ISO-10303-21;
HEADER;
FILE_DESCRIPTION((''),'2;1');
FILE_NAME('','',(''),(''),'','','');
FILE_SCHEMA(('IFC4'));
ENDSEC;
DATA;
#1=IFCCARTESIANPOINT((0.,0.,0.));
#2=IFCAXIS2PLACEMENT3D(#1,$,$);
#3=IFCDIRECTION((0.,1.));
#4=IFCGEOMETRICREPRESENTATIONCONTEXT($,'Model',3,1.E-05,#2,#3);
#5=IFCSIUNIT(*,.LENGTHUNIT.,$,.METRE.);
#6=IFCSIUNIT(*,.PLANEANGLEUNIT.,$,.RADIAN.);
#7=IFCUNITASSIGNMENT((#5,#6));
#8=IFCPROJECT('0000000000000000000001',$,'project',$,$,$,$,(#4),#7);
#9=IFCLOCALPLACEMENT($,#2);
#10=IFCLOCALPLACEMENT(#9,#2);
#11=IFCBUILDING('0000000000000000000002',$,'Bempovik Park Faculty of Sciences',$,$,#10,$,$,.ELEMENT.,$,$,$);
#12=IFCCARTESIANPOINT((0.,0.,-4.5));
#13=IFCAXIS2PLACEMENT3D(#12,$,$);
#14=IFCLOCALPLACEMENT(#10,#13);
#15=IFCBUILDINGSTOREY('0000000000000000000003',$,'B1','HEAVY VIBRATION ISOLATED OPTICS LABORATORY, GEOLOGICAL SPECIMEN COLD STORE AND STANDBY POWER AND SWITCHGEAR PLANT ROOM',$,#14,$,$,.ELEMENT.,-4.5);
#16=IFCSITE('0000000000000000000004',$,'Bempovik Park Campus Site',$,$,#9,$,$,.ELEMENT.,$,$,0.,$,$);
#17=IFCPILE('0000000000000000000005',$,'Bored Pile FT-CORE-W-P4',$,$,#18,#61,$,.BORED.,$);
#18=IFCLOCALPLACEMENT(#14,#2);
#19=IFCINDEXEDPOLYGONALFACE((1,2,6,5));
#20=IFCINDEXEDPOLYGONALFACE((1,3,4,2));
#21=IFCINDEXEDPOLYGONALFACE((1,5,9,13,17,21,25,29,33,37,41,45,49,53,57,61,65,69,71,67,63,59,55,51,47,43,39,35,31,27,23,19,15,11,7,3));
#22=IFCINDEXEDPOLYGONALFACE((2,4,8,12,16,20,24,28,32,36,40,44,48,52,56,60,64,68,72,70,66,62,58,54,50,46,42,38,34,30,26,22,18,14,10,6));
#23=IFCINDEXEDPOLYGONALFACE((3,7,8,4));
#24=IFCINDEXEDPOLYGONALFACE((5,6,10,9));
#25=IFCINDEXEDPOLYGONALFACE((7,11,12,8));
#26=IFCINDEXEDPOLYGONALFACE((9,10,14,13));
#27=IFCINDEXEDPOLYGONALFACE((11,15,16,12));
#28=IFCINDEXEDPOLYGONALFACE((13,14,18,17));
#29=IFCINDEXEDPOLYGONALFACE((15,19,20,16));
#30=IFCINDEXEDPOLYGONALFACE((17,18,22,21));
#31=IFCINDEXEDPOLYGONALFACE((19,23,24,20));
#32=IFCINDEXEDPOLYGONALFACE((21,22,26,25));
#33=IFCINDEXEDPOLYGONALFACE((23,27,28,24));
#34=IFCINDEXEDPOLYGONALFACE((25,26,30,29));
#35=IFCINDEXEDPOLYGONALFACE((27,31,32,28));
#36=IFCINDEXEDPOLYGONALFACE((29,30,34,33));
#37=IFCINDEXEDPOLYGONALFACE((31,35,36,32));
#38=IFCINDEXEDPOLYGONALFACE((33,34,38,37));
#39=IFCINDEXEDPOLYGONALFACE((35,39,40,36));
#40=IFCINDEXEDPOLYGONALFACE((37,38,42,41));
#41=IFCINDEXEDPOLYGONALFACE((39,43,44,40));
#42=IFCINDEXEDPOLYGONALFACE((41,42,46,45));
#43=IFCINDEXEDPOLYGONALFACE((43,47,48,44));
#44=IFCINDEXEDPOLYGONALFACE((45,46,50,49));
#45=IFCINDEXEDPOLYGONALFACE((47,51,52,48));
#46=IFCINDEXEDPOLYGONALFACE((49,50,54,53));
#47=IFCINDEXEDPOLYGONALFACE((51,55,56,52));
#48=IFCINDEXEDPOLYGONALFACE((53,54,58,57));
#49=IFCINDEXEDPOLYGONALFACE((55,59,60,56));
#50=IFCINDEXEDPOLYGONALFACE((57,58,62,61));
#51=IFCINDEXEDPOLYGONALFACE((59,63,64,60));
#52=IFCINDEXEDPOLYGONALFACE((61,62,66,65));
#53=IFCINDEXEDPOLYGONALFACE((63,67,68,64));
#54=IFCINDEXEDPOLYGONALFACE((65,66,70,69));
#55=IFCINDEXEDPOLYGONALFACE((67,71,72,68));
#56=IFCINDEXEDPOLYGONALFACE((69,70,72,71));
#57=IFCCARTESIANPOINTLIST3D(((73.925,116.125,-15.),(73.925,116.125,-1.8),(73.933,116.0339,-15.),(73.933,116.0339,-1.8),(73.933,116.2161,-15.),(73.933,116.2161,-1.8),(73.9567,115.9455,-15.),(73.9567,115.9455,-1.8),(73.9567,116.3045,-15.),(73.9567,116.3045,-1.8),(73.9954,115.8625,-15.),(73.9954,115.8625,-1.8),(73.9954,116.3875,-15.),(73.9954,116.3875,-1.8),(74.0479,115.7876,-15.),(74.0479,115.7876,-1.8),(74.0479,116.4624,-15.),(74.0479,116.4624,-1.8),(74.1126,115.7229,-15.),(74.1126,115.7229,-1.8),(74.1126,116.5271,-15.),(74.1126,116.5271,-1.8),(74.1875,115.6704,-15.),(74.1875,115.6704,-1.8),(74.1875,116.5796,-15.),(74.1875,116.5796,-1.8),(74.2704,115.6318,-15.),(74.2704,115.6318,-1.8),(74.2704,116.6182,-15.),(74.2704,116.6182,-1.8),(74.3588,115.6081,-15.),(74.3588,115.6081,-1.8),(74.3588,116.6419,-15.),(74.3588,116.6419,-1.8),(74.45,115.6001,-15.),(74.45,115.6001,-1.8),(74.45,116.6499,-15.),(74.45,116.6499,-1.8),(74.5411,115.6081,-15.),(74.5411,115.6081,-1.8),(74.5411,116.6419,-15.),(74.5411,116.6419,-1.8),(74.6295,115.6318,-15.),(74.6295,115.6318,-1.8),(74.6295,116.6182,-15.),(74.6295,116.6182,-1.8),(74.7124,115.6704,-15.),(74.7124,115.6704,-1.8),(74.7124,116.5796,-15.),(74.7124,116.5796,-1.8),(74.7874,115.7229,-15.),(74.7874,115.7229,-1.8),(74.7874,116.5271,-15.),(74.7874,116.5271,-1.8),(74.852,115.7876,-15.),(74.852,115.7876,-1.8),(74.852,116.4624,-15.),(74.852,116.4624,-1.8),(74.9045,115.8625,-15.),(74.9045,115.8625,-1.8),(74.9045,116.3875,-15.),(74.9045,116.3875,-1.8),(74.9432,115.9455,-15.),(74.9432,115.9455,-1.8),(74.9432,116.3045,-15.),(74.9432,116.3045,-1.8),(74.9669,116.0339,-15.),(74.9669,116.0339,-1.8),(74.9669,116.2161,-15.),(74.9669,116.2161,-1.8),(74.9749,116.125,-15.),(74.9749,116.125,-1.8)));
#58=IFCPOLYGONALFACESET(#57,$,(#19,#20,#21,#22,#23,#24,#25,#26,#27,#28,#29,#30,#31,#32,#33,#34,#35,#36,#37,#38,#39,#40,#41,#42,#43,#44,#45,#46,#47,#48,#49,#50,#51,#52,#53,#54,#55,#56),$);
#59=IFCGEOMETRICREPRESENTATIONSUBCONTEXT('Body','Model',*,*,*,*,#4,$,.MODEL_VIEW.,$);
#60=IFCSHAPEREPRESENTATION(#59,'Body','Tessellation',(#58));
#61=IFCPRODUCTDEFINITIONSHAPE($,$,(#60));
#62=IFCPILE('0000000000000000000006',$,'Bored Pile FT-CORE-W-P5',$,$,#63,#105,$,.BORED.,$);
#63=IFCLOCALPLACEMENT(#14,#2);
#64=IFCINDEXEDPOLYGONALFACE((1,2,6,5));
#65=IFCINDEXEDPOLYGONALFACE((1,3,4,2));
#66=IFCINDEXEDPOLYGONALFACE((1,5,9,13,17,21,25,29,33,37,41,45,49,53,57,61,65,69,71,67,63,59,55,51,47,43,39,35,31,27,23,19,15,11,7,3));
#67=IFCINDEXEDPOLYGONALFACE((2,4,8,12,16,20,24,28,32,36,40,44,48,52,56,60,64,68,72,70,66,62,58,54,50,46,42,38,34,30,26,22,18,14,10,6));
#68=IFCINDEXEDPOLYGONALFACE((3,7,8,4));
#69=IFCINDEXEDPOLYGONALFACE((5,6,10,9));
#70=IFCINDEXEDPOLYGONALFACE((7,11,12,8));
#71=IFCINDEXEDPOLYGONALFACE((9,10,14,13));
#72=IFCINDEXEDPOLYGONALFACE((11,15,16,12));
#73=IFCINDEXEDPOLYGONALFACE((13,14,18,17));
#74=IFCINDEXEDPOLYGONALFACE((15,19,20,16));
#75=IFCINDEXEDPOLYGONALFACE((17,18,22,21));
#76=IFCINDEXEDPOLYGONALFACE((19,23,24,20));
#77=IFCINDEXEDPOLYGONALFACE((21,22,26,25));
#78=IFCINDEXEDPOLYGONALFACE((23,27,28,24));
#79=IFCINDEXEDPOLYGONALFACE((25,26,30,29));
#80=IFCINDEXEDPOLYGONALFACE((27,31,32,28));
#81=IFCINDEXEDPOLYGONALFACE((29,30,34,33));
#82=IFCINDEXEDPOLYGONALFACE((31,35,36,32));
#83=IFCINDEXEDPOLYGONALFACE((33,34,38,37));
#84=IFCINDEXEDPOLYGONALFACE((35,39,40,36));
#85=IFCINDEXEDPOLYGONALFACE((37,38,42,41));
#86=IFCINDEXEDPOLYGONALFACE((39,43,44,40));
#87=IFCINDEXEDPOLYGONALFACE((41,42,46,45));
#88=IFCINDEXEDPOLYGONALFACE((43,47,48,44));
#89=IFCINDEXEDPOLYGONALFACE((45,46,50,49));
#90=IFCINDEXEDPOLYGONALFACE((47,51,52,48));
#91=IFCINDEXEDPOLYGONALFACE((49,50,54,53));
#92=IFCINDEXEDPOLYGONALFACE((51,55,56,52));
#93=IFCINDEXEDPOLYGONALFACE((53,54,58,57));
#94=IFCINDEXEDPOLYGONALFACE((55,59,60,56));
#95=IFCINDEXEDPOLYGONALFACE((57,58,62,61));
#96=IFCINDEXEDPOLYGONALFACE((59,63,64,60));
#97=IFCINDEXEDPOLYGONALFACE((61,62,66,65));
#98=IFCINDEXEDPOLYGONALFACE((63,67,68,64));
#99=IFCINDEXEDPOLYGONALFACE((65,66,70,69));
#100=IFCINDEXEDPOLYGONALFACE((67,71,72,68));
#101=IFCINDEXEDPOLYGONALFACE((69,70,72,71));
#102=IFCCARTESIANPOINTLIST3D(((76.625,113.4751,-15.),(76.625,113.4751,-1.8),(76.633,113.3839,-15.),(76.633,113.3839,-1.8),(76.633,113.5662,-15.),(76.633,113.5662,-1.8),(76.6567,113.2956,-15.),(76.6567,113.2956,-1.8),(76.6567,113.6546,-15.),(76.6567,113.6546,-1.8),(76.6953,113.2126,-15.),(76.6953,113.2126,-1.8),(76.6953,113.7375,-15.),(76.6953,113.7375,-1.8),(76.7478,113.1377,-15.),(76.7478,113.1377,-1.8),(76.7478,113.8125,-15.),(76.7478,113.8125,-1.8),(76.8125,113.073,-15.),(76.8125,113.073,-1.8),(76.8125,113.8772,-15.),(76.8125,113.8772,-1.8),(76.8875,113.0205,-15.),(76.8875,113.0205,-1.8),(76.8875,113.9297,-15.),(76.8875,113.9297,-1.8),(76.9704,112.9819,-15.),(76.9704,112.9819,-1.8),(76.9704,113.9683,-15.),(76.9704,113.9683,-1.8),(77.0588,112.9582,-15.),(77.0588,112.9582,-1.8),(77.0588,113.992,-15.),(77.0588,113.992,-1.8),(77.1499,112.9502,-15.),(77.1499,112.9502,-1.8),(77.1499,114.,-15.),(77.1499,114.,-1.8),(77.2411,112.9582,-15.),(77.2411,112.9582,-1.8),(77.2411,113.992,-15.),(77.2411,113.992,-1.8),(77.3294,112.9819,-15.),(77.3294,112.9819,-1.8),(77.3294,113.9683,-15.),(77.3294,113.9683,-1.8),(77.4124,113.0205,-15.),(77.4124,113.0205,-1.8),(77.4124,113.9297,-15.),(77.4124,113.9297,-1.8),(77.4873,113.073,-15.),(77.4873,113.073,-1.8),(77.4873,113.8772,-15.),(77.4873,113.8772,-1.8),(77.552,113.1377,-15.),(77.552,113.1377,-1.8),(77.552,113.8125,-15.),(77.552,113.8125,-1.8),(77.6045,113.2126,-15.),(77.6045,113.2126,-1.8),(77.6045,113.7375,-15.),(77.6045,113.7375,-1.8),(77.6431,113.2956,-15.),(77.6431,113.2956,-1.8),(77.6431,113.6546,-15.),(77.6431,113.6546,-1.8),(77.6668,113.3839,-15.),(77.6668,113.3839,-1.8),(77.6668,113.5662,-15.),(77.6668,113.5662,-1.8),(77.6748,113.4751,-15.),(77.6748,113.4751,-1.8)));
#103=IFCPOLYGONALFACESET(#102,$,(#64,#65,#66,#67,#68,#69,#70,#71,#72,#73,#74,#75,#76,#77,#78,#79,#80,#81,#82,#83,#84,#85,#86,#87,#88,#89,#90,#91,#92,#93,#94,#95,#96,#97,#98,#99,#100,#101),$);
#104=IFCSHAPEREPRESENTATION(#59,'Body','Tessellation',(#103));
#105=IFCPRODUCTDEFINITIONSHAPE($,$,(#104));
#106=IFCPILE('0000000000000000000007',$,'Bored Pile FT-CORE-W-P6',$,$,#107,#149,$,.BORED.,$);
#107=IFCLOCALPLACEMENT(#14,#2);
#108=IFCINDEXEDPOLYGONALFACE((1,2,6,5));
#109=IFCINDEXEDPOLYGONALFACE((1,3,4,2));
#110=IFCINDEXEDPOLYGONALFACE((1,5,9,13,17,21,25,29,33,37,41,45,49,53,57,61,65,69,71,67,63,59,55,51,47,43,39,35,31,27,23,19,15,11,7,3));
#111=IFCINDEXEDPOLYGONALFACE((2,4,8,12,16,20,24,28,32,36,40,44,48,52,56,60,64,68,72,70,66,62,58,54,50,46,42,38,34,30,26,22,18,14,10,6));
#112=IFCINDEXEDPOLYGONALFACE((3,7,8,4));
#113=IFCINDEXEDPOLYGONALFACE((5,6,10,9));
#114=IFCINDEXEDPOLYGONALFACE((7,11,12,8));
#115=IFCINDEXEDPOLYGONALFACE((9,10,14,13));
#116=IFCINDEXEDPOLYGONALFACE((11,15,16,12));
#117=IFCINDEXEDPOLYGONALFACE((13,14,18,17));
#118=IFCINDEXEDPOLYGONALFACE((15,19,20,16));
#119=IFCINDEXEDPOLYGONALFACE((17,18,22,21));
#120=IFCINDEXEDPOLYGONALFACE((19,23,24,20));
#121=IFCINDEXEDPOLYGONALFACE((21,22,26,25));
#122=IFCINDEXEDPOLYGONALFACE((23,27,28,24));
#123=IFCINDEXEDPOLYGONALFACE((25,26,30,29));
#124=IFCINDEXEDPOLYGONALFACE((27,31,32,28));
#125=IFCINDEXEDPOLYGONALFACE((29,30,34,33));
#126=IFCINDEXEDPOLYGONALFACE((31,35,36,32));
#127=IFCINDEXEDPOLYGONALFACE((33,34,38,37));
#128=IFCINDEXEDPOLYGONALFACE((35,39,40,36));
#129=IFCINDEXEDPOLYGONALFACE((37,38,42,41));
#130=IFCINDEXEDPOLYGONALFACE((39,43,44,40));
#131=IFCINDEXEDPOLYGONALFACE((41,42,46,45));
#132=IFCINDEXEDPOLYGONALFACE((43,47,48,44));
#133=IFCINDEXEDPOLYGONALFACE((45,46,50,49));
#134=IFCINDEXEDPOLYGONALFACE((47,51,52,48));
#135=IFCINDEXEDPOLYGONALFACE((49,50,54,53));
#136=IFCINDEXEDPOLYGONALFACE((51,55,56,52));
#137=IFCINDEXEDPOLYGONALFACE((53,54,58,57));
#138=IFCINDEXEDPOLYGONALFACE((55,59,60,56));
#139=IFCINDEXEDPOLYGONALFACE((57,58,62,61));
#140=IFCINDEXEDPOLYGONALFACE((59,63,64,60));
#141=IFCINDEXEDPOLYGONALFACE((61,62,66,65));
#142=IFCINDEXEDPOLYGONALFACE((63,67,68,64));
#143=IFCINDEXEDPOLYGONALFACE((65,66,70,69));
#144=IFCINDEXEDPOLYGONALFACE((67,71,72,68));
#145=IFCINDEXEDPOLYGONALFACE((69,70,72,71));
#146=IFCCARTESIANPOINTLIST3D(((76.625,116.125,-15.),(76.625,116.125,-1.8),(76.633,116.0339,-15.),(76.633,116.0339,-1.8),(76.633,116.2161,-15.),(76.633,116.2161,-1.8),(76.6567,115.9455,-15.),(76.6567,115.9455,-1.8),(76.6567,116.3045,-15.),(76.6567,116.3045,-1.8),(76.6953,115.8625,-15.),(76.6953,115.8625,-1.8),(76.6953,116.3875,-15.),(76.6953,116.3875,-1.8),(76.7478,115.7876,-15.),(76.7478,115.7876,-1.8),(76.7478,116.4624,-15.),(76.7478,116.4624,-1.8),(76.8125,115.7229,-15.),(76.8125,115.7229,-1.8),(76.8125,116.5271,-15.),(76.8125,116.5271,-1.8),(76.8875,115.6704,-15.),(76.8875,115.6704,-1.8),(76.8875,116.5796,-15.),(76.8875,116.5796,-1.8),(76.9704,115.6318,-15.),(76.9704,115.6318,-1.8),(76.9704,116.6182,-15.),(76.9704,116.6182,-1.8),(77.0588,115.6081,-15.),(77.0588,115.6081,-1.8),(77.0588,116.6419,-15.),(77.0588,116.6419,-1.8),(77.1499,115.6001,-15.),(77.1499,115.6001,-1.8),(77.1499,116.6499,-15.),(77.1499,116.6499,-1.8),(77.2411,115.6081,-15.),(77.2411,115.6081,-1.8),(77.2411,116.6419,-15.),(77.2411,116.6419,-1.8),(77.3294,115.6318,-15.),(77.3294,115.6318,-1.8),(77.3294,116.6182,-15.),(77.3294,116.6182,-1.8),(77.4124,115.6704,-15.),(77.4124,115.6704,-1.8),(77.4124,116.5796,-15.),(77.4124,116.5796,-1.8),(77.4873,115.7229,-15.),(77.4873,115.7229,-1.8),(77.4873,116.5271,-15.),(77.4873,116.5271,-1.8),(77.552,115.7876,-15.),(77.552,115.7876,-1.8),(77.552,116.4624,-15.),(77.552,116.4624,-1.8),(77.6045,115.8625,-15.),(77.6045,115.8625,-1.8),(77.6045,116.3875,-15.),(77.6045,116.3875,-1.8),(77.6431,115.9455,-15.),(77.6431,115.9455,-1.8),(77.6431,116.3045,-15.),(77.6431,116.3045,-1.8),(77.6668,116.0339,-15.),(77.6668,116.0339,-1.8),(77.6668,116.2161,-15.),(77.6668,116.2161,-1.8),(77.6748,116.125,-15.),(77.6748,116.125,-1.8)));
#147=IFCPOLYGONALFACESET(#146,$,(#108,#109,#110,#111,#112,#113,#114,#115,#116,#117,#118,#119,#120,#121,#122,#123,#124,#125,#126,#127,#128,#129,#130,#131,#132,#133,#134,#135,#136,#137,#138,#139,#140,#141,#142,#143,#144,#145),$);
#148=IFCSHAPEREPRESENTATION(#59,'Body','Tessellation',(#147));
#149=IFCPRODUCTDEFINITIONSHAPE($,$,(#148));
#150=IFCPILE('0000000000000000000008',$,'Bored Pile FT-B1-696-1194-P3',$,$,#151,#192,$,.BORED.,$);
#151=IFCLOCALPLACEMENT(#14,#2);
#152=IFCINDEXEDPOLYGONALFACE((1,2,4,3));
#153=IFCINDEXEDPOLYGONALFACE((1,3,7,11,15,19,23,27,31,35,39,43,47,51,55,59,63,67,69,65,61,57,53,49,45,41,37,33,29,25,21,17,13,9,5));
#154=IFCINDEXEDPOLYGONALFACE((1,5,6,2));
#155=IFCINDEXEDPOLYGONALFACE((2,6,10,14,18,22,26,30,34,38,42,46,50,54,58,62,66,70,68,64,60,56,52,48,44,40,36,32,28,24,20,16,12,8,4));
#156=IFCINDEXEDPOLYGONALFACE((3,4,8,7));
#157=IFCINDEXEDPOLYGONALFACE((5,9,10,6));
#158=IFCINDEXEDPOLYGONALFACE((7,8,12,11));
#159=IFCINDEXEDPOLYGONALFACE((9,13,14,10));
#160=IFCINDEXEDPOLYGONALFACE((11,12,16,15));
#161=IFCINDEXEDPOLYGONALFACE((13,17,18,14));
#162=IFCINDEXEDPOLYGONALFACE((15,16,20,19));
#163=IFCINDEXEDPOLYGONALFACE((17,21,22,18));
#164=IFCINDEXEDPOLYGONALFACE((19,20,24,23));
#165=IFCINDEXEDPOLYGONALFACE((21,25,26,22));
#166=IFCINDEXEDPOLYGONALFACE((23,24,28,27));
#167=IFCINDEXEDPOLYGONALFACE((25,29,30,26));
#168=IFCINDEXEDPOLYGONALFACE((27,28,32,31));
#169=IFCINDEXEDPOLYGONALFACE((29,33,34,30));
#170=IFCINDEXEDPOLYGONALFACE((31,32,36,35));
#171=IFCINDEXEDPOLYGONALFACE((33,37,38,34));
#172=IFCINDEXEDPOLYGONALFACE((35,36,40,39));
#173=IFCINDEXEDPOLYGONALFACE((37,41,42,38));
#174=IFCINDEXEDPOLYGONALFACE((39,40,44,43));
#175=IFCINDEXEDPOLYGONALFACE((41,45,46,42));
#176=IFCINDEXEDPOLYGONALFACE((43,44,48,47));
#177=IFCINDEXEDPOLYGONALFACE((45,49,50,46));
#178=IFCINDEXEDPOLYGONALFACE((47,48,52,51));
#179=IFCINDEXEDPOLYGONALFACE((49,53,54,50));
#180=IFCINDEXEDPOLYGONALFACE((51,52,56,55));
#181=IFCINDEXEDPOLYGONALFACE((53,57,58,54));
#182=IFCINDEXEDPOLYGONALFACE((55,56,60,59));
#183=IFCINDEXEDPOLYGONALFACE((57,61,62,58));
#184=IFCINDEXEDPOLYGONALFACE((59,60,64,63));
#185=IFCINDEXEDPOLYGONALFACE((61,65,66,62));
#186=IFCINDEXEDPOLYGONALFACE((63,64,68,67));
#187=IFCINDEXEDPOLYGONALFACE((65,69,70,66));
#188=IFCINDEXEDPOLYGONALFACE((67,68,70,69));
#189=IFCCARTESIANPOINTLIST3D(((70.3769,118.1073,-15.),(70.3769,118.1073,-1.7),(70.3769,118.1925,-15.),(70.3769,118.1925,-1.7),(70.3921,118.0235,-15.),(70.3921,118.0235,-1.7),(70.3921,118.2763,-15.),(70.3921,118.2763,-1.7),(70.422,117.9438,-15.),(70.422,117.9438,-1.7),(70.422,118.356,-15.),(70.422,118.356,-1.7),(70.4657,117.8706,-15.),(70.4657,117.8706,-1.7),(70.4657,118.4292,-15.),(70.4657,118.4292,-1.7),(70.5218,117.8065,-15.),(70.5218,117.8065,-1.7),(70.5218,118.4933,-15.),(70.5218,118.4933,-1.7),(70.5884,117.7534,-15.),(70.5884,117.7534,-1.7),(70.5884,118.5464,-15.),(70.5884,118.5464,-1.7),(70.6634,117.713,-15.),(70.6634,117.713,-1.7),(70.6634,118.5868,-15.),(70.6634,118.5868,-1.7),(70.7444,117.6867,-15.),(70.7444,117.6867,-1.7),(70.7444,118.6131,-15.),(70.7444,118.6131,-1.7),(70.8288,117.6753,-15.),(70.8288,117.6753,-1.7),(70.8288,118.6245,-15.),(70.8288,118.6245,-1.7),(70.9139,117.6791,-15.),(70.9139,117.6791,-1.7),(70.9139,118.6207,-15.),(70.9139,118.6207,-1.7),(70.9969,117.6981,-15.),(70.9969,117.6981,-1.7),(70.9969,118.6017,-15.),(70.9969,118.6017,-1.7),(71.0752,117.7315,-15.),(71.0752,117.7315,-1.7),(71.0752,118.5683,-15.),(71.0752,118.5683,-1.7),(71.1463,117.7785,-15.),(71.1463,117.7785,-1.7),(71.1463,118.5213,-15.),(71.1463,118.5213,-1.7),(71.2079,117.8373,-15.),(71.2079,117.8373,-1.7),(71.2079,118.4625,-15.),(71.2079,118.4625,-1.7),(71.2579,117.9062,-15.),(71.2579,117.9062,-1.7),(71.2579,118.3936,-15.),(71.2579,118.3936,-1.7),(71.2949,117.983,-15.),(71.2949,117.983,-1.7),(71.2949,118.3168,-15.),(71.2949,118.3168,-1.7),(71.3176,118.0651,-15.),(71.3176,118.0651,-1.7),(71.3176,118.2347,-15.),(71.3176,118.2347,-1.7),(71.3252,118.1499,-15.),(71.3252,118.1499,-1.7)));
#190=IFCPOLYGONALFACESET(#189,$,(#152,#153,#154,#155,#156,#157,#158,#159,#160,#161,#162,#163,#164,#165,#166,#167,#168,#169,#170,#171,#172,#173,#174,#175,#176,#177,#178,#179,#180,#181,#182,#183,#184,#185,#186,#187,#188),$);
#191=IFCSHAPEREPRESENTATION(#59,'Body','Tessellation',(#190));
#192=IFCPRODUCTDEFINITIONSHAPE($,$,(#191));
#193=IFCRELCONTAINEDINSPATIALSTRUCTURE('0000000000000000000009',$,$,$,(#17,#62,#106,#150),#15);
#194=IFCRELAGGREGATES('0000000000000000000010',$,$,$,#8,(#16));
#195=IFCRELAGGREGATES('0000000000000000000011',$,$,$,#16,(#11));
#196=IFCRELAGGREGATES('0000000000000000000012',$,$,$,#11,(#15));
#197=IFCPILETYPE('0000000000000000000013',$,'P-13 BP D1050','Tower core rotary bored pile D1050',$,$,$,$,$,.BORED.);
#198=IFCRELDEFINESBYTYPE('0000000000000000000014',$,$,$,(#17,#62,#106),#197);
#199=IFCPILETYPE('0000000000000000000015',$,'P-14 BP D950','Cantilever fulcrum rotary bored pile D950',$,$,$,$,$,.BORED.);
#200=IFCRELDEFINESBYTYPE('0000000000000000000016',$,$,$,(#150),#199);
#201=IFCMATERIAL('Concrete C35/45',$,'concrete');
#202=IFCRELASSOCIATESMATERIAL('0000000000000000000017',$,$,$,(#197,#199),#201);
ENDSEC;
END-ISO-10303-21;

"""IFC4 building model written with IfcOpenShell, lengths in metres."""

from ifc_helpers import new_model, si_unit, direction, frame, origin, origin_2d, place, context, subcontext, project, spatial, circle, extrude, material, material_profile, profile_set, type_object, element, save


model = new_model("IFC4")

# Units and contexts
model_context = context("Model", 3, precision=1e-05, world=origin(), true_north=direction((0.0, 1.0)))
body_context = subcontext(model_context, "Body", "Model", "MODEL_VIEW")
ifc_project = project(units=[si_unit("LENGTHUNIT", "METRE"), si_unit("PLANEANGLEUNIT", "RADIAN")], contexts=[model_context])

# Site, building, storey
site_placement = place(None, origin())
site = spatial("IfcSite", under=ifc_project, at=site_placement, Name="Bempovik Park Campus Site", CompositionType="ELEMENT", RefElevation=0.0)
building_placement = place(site_placement, origin())
building = spatial("IfcBuilding", under=site, at=building_placement, Name="Bempovik Park Faculty of Sciences", CompositionType="ELEMENT")
storey_placement = place(building_placement, frame((0.0, 0.0, -4.5)))
storey = spatial("IfcBuildingStorey", under=building, at=storey_placement, Name="B1", Description="HEAVY VIBRATION ISOLATED OPTICS LABORATORY, GEOLOGICAL SPECIMEN COLD STORE AND STANDBY POWER AND SWITCHGEAR PLANT ROOM", CompositionType="ELEMENT", Elevation=-4.5)

# Shared definitions
ifc_material_1 = material(Name="Concrete C35/45", Category="concrete")

# Piles
ifc_material_profile_1 = material_profile(ifc_material_1, circle(Radius=0.5249, at=origin_2d()), Name="BP D1050")
ifc_profile_set_1 = profile_set([ifc_material_profile_1], Name="Concrete C35/45")
pile_type_1 = type_object("IfcPileType", Name="P-13 BP D1050", Description="Tower core rotary bored pile D1050", PredefinedType="BORED", material=ifc_profile_set_1)
for number, where, z_axis, x_axis, name in (
    (1, (74.45, 116.125, -1.8), (0.0, 0.0, -1.0), (1.0, 0.0, 0.0), "Bored Pile FT-CORE-W-P4"),
    (2, (77.1499, 113.4751, -1.8), (0.0, 0.0, -1.0), (1.0, 0.0, 0.0), "Bored Pile FT-CORE-W-P5"),
    (3, (77.1499, 116.125, -1.8), (0.0, 0.0, -1.0), (1.0, 0.0, 0.0), "Bored Pile FT-CORE-W-P6"),
):
    element("IfcPile", number, at=place(storey_placement, frame(where, z_axis=z_axis, x_axis=x_axis)), inside=storey, type_object=pile_type_1, Name=name, PredefinedType="BORED", context=body_context, shape_type="SweptSolid", body=[
        extrude(circle(Radius=0.5249, at=origin_2d()), origin(), (0.0, 0.0, 1.0), 13.2),
    ])
ifc_material_profile_2 = material_profile(ifc_material_1, circle(Radius=0.4751, at=origin_2d()), Name="BP D950")
ifc_profile_set_2 = profile_set([ifc_material_profile_2], Name="Concrete C35/45")
pile_type_2 = type_object("IfcPileType", Name="P-14 BP D950", Description="Cantilever fulcrum rotary bored pile D950", PredefinedType="BORED", material=ifc_profile_set_2)
for number, where, z_axis, x_axis, name in (
    (4, (70.8501, 118.1499, -1.7), (0.0, 0.0, -1.0), (1.0, 0.0, 0.0), "Bored Pile FT-B1-696-1194-P3"),
):
    element("IfcPile", number, at=place(storey_placement, frame(where, z_axis=z_axis, x_axis=x_axis)), inside=storey, type_object=pile_type_2, Name=name, PredefinedType="BORED", context=body_context, shape_type="SweptSolid", body=[
        extrude(circle(Radius=0.4751, at=origin_2d()), origin(), (0.0, 0.0, 1.0), 13.3),
    ])

save(model, "model.ifc")
